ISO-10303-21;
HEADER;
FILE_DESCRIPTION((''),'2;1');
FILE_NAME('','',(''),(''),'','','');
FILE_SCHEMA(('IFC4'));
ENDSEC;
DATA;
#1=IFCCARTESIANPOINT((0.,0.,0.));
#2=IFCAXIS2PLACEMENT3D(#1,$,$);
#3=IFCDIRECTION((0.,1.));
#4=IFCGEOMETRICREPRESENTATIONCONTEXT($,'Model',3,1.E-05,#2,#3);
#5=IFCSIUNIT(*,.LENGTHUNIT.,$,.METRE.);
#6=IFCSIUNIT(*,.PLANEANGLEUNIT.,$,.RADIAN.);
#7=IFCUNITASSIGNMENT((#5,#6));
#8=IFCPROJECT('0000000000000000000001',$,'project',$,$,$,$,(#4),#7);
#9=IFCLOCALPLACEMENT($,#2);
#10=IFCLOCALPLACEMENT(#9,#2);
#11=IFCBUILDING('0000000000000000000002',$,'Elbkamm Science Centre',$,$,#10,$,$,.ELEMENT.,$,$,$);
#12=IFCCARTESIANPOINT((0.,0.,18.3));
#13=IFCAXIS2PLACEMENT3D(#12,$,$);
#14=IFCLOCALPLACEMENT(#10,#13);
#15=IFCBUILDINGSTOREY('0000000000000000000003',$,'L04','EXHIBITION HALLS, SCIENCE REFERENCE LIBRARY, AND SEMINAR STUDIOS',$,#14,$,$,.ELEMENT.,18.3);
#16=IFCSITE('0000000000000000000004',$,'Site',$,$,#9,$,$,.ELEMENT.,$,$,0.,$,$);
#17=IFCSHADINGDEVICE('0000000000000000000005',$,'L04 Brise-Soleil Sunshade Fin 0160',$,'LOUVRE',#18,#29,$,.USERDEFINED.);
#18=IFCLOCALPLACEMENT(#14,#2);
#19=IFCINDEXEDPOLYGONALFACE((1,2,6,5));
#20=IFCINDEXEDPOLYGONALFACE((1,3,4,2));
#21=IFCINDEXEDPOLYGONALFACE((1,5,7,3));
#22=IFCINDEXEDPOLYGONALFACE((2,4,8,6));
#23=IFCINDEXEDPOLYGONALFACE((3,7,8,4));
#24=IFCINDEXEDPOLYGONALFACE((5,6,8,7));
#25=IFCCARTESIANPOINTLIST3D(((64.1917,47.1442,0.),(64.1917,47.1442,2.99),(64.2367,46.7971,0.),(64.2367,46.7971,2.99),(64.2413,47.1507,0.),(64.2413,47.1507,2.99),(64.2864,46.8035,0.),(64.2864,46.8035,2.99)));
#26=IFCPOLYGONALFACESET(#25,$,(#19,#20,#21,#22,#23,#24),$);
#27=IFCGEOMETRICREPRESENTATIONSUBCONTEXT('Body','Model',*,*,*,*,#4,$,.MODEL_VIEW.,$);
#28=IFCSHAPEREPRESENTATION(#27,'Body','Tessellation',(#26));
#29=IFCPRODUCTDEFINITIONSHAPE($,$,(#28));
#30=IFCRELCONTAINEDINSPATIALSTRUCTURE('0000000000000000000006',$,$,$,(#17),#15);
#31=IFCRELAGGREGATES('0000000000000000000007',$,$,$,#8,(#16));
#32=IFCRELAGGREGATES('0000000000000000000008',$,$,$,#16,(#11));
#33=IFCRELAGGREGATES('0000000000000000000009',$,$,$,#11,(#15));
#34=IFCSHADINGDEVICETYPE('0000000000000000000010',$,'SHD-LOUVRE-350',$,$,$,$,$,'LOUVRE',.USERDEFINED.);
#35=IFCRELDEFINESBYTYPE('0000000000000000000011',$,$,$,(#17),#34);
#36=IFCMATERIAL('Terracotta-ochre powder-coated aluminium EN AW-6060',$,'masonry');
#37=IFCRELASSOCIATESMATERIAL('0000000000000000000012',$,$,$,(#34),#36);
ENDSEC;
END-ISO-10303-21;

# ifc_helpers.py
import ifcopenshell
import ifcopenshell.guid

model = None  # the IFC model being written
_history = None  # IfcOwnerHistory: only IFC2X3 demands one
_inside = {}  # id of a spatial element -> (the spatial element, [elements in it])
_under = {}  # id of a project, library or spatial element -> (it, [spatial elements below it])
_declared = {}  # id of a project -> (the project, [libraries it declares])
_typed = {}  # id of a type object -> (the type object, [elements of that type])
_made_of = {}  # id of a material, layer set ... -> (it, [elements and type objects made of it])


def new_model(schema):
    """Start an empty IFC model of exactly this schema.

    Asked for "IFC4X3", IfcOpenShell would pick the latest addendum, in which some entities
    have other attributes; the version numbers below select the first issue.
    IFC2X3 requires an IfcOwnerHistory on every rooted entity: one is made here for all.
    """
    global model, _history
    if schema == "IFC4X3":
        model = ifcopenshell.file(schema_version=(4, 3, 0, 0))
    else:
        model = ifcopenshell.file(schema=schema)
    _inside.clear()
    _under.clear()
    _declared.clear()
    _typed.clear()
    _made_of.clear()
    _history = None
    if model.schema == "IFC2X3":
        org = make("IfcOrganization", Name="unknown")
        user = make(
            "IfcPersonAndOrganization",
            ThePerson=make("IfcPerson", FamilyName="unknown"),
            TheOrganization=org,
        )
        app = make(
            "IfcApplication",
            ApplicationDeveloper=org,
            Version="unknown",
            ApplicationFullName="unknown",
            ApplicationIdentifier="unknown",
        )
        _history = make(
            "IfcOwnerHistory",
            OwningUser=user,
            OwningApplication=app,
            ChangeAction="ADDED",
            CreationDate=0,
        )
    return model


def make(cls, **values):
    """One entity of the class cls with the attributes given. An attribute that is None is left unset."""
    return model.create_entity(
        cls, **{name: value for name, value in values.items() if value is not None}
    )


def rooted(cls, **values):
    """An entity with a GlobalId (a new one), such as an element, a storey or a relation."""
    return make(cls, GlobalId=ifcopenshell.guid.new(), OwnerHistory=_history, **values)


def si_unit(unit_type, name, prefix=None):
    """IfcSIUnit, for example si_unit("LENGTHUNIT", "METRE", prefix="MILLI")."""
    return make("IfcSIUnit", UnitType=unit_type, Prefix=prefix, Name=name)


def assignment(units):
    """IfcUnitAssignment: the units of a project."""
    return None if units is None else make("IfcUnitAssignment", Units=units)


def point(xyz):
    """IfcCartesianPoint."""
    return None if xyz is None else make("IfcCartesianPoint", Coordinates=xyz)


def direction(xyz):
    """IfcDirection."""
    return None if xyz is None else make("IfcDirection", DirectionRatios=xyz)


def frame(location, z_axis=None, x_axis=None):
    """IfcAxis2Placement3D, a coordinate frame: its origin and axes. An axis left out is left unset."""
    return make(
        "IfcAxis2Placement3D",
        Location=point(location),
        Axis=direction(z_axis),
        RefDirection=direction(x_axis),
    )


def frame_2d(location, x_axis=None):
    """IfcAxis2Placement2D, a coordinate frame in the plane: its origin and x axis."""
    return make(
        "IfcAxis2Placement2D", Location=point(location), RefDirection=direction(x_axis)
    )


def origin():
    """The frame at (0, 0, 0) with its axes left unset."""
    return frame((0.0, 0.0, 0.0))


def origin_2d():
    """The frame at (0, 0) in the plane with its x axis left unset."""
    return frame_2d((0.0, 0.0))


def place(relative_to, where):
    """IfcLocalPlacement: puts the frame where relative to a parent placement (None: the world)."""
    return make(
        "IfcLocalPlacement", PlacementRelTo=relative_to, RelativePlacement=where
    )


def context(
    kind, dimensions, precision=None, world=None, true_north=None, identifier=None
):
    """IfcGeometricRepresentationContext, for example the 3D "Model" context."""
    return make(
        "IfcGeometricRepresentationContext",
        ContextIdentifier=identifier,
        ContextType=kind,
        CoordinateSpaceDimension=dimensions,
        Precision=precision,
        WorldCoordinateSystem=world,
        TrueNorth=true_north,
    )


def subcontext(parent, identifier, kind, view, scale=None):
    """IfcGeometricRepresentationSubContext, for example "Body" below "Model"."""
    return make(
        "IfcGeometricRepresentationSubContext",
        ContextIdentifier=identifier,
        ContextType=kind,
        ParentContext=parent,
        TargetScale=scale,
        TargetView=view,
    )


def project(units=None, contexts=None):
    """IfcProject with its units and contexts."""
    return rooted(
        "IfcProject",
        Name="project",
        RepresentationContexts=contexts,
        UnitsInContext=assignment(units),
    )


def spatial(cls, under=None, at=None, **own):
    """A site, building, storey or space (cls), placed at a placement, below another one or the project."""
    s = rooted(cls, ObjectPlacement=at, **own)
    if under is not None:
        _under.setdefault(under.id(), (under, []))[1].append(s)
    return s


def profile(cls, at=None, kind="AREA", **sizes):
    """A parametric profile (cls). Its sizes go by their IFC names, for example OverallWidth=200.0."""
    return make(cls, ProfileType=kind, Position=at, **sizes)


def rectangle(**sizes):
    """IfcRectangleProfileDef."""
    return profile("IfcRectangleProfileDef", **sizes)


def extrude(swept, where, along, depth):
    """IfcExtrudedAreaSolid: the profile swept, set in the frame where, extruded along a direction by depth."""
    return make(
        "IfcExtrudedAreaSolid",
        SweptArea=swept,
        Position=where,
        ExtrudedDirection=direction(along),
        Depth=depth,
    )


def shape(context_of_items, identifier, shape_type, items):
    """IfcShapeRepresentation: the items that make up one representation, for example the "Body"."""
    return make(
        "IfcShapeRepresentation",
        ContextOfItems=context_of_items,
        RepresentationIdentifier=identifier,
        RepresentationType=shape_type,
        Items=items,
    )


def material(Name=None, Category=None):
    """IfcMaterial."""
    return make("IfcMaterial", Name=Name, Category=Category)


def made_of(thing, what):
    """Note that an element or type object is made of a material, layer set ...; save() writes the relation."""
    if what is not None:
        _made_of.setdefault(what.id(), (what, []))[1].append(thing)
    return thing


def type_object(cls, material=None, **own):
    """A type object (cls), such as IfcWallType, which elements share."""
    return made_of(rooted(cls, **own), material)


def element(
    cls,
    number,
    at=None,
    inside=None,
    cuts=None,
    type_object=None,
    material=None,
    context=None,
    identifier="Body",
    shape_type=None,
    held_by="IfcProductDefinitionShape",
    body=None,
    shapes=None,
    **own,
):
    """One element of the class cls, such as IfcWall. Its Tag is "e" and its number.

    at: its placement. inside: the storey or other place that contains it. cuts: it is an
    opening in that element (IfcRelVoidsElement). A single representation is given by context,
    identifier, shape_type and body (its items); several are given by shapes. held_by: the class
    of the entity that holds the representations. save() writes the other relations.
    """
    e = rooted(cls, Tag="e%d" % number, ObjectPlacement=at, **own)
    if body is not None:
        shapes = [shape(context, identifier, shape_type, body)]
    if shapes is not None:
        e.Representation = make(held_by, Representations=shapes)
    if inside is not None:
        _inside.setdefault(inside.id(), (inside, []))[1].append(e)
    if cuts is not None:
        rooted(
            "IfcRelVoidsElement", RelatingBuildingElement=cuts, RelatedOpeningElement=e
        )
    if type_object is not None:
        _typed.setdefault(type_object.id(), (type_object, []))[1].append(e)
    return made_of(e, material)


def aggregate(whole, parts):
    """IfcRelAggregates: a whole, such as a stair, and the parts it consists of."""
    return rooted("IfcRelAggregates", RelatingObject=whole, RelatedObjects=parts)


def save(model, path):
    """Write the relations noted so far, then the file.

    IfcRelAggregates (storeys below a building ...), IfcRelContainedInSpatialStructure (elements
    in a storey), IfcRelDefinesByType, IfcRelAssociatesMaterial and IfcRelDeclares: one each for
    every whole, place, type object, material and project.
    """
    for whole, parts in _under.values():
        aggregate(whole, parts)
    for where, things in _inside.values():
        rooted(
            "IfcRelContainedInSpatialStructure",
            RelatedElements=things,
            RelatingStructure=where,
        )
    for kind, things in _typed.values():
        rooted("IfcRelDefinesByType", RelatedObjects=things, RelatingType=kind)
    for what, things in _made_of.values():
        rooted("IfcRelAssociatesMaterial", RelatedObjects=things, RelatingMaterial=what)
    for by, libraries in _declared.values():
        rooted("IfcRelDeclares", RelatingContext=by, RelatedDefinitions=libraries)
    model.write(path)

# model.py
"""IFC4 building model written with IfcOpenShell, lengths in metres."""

from ifc_helpers import new_model, si_unit, direction, frame, origin, origin_2d, place, context, subcontext, project, spatial, rectangle, extrude, material, type_object, element, save


model = new_model("IFC4")

# Units and contexts
model_context = context("Model", 3, precision=1e-05, world=origin(), true_north=direction((0.0, 1.0)))
body_context = subcontext(model_context, "Body", "Model", "MODEL_VIEW")
ifc_project = project(units=[si_unit("LENGTHUNIT", "METRE"), si_unit("PLANEANGLEUNIT", "RADIAN")], contexts=[model_context])

# Site, building, storey
site_placement = place(None, origin())
site = spatial("IfcSite", under=ifc_project, at=site_placement, Name="Site", CompositionType="ELEMENT", RefElevation=0.0)
building_placement = place(site_placement, origin())
building = spatial("IfcBuilding", under=site, at=building_placement, Name="Elbkamm Science Centre", CompositionType="ELEMENT")
storey_placement = place(building_placement, frame((0.0, 0.0, 18.3)))
storey = spatial("IfcBuildingStorey", under=building, at=storey_placement, Name="L04", Description="EXHIBITION HALLS, SCIENCE REFERENCE LIBRARY, AND SEMINAR STUDIOS", CompositionType="ELEMENT", Elevation=18.3)

# Shading device
ifc_material_1 = material(Name="Terracotta-ochre powder-coated aluminium EN AW-6060", Category="masonry")
shading_device_type = type_object("IfcShadingDeviceType", Name="SHD-LOUVRE-350", ElementType="LOUVRE", PredefinedType="USERDEFINED", material=ifc_material_1)
for number, where, z_axis, x_axis, name in (
    (1, (64.239, 46.9739, 0.0), (0.0, 0.0, 1.0), (0.128754, -0.991677, 0.0), "L04 Brise-Soleil Sunshade Fin 0160"),
):
    element("IfcShadingDevice", number, at=place(storey_placement, frame(where, z_axis=z_axis, x_axis=x_axis)), inside=storey, type_object=shading_device_type, Name=name, ObjectType="LOUVRE", PredefinedType="USERDEFINED", context=body_context, shape_type="SweptSolid", body=[
        extrude(rectangle(XDim=0.3501, YDim=0.05, at=origin_2d()), origin(), (0.0, 0.0, 1.0), 2.99),
    ])

save(model, "model.ifc")
